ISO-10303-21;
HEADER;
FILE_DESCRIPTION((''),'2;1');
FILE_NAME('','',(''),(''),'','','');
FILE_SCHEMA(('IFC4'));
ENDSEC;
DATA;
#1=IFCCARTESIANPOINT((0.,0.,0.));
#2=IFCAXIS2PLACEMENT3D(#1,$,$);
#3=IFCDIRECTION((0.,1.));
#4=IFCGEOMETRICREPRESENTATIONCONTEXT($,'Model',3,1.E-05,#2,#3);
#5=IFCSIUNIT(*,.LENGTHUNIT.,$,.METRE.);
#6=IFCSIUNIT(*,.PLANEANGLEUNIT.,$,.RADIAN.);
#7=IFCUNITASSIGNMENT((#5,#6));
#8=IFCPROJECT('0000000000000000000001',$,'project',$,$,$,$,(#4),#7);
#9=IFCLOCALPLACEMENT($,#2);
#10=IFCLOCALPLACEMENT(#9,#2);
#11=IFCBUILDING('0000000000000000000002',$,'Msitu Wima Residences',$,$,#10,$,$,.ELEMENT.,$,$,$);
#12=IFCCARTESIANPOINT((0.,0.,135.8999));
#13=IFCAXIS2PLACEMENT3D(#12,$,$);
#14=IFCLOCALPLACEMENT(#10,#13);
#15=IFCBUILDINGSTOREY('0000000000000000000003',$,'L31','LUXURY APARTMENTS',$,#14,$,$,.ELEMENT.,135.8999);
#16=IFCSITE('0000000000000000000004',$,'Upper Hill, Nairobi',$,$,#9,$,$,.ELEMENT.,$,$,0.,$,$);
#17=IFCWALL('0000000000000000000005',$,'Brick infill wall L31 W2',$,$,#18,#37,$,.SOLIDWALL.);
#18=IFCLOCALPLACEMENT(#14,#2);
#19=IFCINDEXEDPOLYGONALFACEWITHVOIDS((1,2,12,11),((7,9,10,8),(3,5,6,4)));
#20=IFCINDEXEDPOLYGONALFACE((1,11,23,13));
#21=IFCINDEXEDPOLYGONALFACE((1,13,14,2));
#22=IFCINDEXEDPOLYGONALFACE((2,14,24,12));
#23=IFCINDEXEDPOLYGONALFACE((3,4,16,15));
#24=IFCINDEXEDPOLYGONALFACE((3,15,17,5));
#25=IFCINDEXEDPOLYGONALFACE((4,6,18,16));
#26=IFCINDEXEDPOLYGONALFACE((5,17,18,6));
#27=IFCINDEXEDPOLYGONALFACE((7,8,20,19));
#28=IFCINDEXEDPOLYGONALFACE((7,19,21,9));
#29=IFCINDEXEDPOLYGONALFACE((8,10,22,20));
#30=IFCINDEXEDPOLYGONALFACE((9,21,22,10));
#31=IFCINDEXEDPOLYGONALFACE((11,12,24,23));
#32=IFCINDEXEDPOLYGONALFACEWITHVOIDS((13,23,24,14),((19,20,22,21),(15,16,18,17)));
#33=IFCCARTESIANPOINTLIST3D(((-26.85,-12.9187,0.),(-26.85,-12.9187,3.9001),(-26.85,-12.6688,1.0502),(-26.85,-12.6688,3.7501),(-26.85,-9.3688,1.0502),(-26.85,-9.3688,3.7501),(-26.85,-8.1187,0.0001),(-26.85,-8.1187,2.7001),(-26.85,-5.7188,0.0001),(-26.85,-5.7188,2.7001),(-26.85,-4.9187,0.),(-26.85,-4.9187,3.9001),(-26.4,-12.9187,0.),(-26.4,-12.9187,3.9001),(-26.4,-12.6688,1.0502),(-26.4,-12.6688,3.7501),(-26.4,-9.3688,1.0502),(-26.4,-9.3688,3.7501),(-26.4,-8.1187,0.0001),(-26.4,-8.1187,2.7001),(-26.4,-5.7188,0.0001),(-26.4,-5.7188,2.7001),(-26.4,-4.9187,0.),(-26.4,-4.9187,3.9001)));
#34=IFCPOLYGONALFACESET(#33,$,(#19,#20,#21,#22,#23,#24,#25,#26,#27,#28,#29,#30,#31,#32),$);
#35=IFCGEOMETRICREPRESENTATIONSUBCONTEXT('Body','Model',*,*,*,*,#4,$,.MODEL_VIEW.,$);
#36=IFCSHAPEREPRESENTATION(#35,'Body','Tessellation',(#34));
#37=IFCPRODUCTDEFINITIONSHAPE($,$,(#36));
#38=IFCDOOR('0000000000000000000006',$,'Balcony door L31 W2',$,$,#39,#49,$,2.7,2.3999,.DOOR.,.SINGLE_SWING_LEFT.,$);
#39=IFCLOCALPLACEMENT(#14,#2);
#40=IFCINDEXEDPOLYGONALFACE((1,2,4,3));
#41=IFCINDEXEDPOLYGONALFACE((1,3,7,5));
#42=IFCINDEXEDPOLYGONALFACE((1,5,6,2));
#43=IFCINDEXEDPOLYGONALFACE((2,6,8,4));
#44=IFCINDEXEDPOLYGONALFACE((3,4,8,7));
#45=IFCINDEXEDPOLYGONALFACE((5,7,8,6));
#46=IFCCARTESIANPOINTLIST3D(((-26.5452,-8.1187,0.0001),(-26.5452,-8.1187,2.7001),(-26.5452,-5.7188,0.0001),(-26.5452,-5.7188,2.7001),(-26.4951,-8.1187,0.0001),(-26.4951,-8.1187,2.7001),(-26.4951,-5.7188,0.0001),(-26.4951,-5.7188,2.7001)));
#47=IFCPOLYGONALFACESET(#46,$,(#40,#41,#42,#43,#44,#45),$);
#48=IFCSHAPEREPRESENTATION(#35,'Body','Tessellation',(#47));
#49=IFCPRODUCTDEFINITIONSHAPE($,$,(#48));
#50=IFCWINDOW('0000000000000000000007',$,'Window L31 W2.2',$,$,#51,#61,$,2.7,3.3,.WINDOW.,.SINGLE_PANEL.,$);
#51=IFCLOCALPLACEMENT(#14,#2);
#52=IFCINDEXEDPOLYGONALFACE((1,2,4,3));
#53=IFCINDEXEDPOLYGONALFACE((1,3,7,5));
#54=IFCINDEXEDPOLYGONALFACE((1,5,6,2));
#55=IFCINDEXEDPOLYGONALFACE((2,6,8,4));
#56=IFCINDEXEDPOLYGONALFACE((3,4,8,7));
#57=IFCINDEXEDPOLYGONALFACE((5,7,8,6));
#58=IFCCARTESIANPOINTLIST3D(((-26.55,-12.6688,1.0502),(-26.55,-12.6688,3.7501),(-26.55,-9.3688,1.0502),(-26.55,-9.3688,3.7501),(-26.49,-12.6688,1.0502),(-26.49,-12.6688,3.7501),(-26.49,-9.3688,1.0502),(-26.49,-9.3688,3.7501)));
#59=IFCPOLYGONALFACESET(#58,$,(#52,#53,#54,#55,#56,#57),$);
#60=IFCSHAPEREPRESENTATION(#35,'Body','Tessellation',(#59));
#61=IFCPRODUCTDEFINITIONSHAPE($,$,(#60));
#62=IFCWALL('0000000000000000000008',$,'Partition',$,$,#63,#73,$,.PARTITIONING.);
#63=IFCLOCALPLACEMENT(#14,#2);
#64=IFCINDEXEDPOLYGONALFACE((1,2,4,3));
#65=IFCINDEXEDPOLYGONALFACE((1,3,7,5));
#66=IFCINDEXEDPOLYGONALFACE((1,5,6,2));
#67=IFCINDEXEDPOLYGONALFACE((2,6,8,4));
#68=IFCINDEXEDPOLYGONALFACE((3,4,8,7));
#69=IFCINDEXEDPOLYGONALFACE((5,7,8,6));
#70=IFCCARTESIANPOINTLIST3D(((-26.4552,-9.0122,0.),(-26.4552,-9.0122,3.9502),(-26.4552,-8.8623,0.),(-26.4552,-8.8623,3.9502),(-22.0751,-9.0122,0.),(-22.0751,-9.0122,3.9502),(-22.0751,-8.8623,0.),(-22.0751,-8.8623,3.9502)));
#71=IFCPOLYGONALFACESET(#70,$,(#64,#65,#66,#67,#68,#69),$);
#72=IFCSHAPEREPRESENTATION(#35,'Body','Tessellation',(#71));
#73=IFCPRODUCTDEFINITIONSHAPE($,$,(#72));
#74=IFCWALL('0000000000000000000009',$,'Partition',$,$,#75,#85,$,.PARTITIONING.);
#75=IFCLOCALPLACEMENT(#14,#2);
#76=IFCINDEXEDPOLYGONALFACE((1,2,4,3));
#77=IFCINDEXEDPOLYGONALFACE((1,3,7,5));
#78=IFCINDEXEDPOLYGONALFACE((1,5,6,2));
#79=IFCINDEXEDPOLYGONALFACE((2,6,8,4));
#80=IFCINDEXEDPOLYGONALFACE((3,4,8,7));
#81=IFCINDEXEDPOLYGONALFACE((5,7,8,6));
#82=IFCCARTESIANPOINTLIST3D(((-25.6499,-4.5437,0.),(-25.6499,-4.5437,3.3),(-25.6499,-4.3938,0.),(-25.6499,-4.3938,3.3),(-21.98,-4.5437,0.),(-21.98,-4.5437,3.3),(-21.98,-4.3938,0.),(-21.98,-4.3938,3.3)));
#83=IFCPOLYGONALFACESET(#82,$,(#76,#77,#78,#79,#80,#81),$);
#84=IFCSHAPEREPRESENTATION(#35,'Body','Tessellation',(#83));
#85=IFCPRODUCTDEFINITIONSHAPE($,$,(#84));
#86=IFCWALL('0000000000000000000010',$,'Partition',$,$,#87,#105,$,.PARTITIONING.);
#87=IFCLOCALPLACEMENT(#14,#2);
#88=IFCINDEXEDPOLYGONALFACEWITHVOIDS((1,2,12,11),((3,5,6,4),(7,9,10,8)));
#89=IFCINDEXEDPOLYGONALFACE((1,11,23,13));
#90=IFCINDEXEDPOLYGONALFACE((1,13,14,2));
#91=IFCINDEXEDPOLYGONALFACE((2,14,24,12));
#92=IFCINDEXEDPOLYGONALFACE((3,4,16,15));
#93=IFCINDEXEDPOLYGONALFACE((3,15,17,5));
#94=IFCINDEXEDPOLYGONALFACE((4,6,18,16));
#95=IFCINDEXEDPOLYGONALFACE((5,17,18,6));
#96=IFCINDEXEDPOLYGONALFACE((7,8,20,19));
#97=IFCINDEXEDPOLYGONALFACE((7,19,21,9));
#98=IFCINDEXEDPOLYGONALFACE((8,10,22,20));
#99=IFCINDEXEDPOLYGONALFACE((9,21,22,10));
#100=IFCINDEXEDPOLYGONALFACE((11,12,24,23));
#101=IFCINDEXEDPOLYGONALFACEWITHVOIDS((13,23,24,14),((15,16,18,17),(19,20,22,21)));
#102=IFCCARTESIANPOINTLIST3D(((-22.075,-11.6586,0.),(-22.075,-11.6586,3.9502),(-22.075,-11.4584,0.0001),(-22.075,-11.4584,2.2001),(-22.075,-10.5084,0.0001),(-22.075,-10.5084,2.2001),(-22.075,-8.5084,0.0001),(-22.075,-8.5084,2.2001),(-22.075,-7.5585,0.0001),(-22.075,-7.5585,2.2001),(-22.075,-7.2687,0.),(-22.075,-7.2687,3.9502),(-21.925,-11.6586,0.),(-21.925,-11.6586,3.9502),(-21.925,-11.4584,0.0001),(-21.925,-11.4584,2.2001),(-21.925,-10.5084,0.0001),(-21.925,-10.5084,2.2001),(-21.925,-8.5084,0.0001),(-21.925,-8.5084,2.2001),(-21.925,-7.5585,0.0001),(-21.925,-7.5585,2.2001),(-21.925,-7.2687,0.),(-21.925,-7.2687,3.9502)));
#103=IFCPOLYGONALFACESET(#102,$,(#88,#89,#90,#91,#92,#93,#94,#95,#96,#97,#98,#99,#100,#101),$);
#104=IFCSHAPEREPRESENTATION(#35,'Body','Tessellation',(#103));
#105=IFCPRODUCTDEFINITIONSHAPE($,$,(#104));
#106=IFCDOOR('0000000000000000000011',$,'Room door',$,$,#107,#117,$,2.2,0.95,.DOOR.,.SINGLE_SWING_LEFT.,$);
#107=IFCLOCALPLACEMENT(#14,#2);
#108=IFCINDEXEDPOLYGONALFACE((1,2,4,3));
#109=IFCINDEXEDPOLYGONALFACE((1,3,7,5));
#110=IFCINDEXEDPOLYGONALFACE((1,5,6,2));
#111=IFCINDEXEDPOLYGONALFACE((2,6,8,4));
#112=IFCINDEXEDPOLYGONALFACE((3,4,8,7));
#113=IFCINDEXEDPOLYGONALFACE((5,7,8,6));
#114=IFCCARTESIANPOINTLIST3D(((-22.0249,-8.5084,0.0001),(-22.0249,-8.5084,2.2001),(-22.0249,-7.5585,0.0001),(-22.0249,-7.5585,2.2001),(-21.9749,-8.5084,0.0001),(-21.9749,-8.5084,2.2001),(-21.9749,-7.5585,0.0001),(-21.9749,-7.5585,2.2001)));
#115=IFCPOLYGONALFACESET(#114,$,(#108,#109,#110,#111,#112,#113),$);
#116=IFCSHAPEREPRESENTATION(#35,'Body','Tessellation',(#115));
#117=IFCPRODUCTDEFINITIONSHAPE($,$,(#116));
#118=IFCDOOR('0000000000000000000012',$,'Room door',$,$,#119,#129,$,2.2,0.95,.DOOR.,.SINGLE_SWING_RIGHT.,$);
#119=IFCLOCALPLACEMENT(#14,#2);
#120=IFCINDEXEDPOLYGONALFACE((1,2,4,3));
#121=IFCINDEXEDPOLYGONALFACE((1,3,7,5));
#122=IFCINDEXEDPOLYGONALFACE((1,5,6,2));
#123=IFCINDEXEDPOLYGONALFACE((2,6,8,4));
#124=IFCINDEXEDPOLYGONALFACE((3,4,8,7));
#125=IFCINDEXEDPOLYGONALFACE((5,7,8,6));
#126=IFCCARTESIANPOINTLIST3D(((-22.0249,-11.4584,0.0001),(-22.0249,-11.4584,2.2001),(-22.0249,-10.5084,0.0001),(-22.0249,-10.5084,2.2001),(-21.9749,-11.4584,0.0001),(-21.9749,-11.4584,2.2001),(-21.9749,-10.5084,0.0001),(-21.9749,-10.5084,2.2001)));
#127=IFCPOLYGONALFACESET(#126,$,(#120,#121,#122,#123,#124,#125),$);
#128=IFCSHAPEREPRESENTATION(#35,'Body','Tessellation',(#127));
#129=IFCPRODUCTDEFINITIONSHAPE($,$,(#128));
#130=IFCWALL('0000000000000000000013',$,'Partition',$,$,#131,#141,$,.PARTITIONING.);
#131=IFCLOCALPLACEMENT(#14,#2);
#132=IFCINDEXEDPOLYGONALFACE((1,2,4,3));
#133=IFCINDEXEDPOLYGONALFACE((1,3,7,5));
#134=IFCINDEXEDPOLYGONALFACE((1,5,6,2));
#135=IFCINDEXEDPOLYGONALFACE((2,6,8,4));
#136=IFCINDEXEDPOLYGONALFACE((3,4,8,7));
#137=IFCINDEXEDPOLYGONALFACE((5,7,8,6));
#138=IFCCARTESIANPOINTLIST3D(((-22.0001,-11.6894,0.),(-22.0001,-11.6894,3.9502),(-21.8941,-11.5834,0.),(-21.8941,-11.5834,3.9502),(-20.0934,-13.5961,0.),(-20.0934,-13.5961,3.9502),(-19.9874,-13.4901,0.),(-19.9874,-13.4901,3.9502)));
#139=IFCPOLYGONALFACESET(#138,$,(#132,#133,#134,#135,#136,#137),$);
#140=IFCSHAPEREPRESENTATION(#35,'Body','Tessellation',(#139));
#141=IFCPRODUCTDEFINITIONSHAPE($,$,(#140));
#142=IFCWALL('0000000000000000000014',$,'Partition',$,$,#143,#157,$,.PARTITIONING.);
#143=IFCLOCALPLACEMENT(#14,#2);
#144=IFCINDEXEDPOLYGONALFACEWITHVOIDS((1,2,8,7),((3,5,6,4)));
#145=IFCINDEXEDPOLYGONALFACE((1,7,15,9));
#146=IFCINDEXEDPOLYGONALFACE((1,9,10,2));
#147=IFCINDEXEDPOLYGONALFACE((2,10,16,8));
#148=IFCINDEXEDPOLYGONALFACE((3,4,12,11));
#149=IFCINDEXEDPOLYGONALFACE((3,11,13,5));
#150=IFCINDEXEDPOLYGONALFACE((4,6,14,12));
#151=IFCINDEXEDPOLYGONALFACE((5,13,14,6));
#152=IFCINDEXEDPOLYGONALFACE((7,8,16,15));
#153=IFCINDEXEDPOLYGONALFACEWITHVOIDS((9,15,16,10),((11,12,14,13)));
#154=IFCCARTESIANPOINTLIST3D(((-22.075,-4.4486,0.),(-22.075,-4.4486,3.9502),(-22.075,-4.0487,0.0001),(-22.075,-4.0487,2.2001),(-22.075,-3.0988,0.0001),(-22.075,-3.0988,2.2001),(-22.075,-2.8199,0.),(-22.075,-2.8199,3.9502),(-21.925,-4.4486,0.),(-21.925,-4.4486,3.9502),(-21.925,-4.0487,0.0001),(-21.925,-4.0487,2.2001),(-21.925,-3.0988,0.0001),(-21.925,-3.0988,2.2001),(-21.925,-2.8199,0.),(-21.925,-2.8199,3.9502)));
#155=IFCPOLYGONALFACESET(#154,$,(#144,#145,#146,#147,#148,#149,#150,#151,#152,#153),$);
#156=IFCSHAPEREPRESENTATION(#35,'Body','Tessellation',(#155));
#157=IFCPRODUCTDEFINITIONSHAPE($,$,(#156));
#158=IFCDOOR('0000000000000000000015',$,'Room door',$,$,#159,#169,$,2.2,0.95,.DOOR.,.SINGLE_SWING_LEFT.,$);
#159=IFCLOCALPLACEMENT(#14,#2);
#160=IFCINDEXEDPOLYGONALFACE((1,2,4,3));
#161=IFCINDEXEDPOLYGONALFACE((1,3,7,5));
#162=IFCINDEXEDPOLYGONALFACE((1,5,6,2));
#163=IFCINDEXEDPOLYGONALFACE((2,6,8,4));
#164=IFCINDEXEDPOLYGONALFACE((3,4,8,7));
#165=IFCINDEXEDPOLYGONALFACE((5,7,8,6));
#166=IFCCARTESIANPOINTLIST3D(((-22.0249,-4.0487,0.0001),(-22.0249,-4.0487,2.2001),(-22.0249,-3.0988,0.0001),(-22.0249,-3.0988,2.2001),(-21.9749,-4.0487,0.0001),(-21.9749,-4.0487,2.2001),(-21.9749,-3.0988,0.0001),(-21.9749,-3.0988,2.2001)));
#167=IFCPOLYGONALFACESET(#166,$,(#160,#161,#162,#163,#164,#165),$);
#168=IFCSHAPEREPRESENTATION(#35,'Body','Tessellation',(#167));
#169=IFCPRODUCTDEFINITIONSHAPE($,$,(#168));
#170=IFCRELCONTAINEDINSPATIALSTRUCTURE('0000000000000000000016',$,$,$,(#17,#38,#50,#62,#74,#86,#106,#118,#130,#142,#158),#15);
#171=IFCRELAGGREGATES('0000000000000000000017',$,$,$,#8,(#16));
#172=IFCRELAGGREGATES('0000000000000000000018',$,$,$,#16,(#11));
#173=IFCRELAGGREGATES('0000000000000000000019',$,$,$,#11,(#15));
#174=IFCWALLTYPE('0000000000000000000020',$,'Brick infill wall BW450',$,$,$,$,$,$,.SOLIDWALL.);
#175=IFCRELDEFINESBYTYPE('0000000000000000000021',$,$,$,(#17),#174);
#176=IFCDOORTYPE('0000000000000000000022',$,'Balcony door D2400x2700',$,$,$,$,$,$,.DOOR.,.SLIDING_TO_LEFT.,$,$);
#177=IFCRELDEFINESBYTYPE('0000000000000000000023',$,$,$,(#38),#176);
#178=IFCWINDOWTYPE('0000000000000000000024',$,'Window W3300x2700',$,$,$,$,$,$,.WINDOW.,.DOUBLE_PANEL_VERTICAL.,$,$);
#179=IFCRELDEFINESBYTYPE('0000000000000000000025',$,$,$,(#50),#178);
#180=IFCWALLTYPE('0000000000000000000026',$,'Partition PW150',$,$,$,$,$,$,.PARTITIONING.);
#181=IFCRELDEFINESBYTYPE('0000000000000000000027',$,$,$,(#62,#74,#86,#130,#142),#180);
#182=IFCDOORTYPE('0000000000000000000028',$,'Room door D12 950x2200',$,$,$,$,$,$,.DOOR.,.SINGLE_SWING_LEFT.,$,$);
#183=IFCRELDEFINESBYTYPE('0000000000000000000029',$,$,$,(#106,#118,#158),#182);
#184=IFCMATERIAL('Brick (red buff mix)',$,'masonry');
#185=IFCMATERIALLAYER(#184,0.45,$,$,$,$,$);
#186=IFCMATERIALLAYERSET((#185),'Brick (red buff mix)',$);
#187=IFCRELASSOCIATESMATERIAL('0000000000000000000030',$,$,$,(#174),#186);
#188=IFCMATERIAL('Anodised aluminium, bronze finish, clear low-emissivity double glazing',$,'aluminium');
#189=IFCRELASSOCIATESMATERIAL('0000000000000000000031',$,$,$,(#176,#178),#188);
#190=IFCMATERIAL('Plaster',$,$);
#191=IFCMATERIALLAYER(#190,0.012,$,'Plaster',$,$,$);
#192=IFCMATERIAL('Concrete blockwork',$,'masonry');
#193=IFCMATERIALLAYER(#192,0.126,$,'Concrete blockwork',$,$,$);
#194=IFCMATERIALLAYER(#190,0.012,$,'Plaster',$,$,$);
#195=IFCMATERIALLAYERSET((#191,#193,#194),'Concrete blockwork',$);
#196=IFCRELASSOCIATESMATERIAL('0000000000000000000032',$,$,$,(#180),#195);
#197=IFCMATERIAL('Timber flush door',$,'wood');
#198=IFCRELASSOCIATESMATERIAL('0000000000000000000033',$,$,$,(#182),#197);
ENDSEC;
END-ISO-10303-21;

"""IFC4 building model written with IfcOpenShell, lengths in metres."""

from ifc_helpers import new_model, si_unit, direction, frame, frame_2d, origin, place, context, subcontext, project, spatial, rectangle, extrude, material, layer, layer_set, type_object, element, fill, save


model = new_model("IFC4")

# Units and contexts
model_context = context("Model", 3, precision=1e-05, world=origin(), true_north=direction((0.0, 1.0)))
body_context = subcontext(model_context, "Body", "Model", "MODEL_VIEW")
ifc_project = project(units=[si_unit("LENGTHUNIT", "METRE"), si_unit("PLANEANGLEUNIT", "RADIAN")], contexts=[model_context])

# Site, building, storey
site_placement = place(None, origin())
site = spatial("IfcSite", under=ifc_project, at=site_placement, Name="Upper Hill, Nairobi", CompositionType="ELEMENT", RefElevation=0.0)
building_placement = place(site_placement, origin())
building = spatial("IfcBuilding", under=site, at=building_placement, Name="Msitu Wima Residences", CompositionType="ELEMENT")
storey_placement = place(building_placement, frame((0.0, 0.0, 135.8999)))
storey = spatial("IfcBuildingStorey", under=building, at=storey_placement, Name="L31", Description="LUXURY APARTMENTS", CompositionType="ELEMENT", Elevation=135.8999)

# Wall, openings, door, window
ifc_material_1 = material(Name="Brick (red buff mix)", Category="masonry")
ifc_layer_1 = layer(ifc_material_1, 0.45)
ifc_layer_set_1 = layer_set([ifc_layer_1], Name="Brick (red buff mix)")
wall_type_1 = type_object("IfcWallType", Name="Brick infill wall BW450", PredefinedType="SOLIDWALL", material=ifc_layer_set_1)
wall_1_placement = place(storey_placement, frame((-26.625, -4.9187, 0.0), z_axis=(0.0, 0.0, 1.0), x_axis=(0.0, -1.0, 0.0)))
wall_1 = element("IfcWall", 1, at=wall_1_placement, inside=storey, type_object=wall_type_1, Name="Brick infill wall L31 W2", PredefinedType="SOLIDWALL", context=body_context, shape_type="SweptSolid", body=[
    extrude(rectangle(XDim=8.0, YDim=0.45, at=frame_2d((4.0, 0.0))), origin(), (0.0, 0.0, 1.0), 3.9001),
])
opening_1_placement = place(wall_1_placement, frame((0.8, 0.0, 0.0)))
opening_1 = element("IfcOpeningElement", 2, at=opening_1_placement, cuts=wall_1, PredefinedType="OPENING", context=body_context, shape_type="SweptSolid", body=[
    extrude(rectangle(XDim=2.3999, YDim=2.7, at=frame_2d((1.2, 1.3501))), frame((0.0, 0.2349, 0.0), z_axis=(0.0, -1.0, 0.0), x_axis=(1.0, 0.0, 0.0)), (0.0, 0.0, 1.0), 0.47),
])
opening_2_placement = place(wall_1_placement, frame((4.4502, 0.0, 1.05)))
opening_2 = element("IfcOpeningElement", 3, at=opening_2_placement, cuts=wall_1, PredefinedType="OPENING", context=body_context, shape_type="SweptSolid", body=[
    extrude(rectangle(XDim=3.3, YDim=2.7, at=frame_2d((1.6499, 1.3501))), frame((0.0, 0.2349, 0.0), z_axis=(0.0, -1.0, 0.0), x_axis=(1.0, 0.0, 0.0)), (0.0, 0.0, 1.0), 0.47),
])
ifc_material_2 = material(Name="Anodised aluminium, bronze finish, clear low-emissivity double glazing", Category="aluminium")
door_type_1 = type_object("IfcDoorType", Name="Balcony door D2400x2700", OperationType="SLIDING_TO_LEFT", PredefinedType="DOOR", material=ifc_material_2)
door_1_placement = place(opening_1_placement, origin())
door_1 = element("IfcDoor", 4, at=door_1_placement, inside=storey, type_object=door_type_1, Name="Balcony door L31 W2", OperationType="SINGLE_SWING_LEFT", OverallHeight=2.7, OverallWidth=2.3999, PredefinedType="DOOR", context=body_context, shape_type="SweptSolid", body=[
    extrude(rectangle(XDim=2.3999, YDim=2.7, at=frame_2d((1.2, 1.3501))), frame((0.0, 0.1299, 0.0), z_axis=(0.0, -1.0, 0.0), x_axis=(1.0, 0.0, 0.0)), (0.0, 0.0, 1.0), 0.05),
])
fill(opening_1, door_1)
window_type = type_object("IfcWindowType", Name="Window W3300x2700", PartitioningType="DOUBLE_PANEL_VERTICAL", PredefinedType="WINDOW", material=ifc_material_2)
window_placement = place(opening_2_placement, origin())
window = element("IfcWindow", 5, at=window_placement, inside=storey, type_object=window_type, Name="Window L31 W2.2", OverallHeight=2.7, OverallWidth=3.3, PartitioningType="SINGLE_PANEL", PredefinedType="WINDOW", context=body_context, shape_type="SweptSolid", body=[
    extrude(rectangle(XDim=3.3, YDim=2.7, at=frame_2d((1.6499, 1.3501))), frame((0.0, 0.135, 0.0), z_axis=(0.0, -1.0, 0.0), x_axis=(1.0, 0.0, 0.0)), (0.0, 0.0, 1.0), 0.0601),
])
fill(opening_2, window)

# Walls
ifc_material_3 = material(Name="Plaster")
ifc_layer_2 = layer(ifc_material_3, 0.012, Name="Plaster")
ifc_material_4 = material(Name="Concrete blockwork", Category="masonry")
ifc_layer_3 = layer(ifc_material_4, 0.126, Name="Concrete blockwork")
ifc_layer_4 = layer(ifc_material_3, 0.012, Name="Plaster")
ifc_layer_set_2 = layer_set([ifc_layer_2, ifc_layer_3, ifc_layer_4], Name="Concrete blockwork")
wall_type_2 = type_object("IfcWallType", Name="Partition PW150", PredefinedType="PARTITIONING", material=ifc_layer_set_2)
wall_2_placement = place(storey_placement, frame((-26.4551, -8.9373, 0.0), z_axis=(0.0, 0.0, 1.0), x_axis=(1.0, 0.0, 0.0)))
element("IfcWall", 6, at=wall_2_placement, inside=storey, type_object=wall_type_2, Name="Partition", PredefinedType="PARTITIONING", context=body_context, shape_type="SweptSolid", body=[
    extrude(rectangle(XDim=4.3801, YDim=0.1499, at=frame_2d((2.1899, 0.0))), origin(), (0.0, 0.0, 1.0), 3.9502),
])
wall_3_placement = place(storey_placement, frame((-25.6499, -4.4688, 0.0), z_axis=(0.0, 0.0, 1.0), x_axis=(1.0, 0.0, 0.0)))
element("IfcWall", 7, at=wall_3_placement, inside=storey, type_object=wall_type_2, Name="Partition", PredefinedType="PARTITIONING", context=body_context, shape_type="SweptSolid", body=[
    extrude(rectangle(XDim=3.6699, YDim=0.1499, at=frame_2d((1.835, 0.0))), origin(), (0.0, 0.0, 1.0), 3.3),
])

# Wall, openings, doors
wall_4_placement = place(storey_placement, frame((-22.0, -11.6584, 0.0), z_axis=(0.0, 0.0, 1.0), x_axis=(0.0, 1.0, 0.0)))
wall_4 = element("IfcWall", 8, at=wall_4_placement, inside=storey, type_object=wall_type_2, Name="Partition", PredefinedType="PARTITIONING", context=body_context, shape_type="SweptSolid", body=[
    extrude(rectangle(XDim=4.3899, YDim=0.1499, at=frame_2d((2.1948, 0.0))), origin(), (0.0, 0.0, 1.0), 3.9502),
])
opening_3_placement = place(wall_4_placement, frame((3.1499, 0.0, 0.0)))
opening_3 = element("IfcOpeningElement", 9, at=opening_3_placement, cuts=wall_4, PredefinedType="OPENING", context=body_context, shape_type="SweptSolid", body=[
    extrude(rectangle(XDim=0.95, YDim=2.2, at=frame_2d((0.4751, 1.1001))), frame((0.0, 0.085, 0.0), z_axis=(0.0, -1.0, 0.0), x_axis=(1.0, 0.0, 0.0)), (0.0, 0.0, 1.0), 0.1699),
])
opening_4_placement = place(wall_4_placement, frame((0.2, 0.0, 0.0)))
opening_4 = element("IfcOpeningElement", 10, at=opening_4_placement, cuts=wall_4, PredefinedType="OPENING", context=body_context, shape_type="SweptSolid", body=[
    extrude(rectangle(XDim=0.95, YDim=2.2, at=frame_2d((0.4751, 1.1001))), frame((0.0, 0.085, 0.0), z_axis=(0.0, -1.0, 0.0), x_axis=(1.0, 0.0, 0.0)), (0.0, 0.0, 1.0), 0.1699),
])
ifc_material_5 = material(Name="Timber flush door", Category="wood")
door_type_2 = type_object("IfcDoorType", Name="Room door D12 950x2200", OperationType="SINGLE_SWING_LEFT", PredefinedType="DOOR", material=ifc_material_5)
door_2_placement = place(opening_3_placement, origin())
door_2 = element("IfcDoor", 11, at=door_2_placement, inside=storey, type_object=door_type_2, Name="Room door", OperationType="SINGLE_SWING_LEFT", OverallHeight=2.2, OverallWidth=0.95, PredefinedType="DOOR", context=body_context, shape_type="SweptSolid", body=[
    extrude(rectangle(XDim=0.95, YDim=2.2, at=frame_2d((0.4751, 1.1001))), frame((0.0, 0.0249, 0.0), z_axis=(0.0, -1.0, 0.0), x_axis=(1.0, 0.0, 0.0)), (0.0, 0.0, 1.0), 0.05),
])
fill(opening_3, door_2)
door_3_placement = place(opening_4_placement, origin())
door_3 = element("IfcDoor", 12, at=door_3_placement, inside=storey, type_object=door_type_2, Name="Room door", OperationType="SINGLE_SWING_RIGHT", OverallHeight=2.2, OverallWidth=0.95, PredefinedType="DOOR", context=body_context, shape_type="SweptSolid", body=[
    extrude(rectangle(XDim=0.95, YDim=2.2, at=frame_2d((0.4751, 1.1001))), frame((0.0, 0.0249, 0.0), z_axis=(0.0, -1.0, 0.0), x_axis=(1.0, 0.0, 0.0)), (0.0, 0.0, 1.0), 0.05),
])
fill(opening_4, door_3)

# Wall
wall_5_placement = place(storey_placement, frame((-21.947, -11.6365, 0.0), z_axis=(0.0, 0.0, 1.0), x_axis=(0.707107, -0.707107, 0.0)))
element("IfcWall", 13, at=wall_5_placement, inside=storey, type_object=wall_type_2, Name="Partition", PredefinedType="PARTITIONING", context=body_context, shape_type="SweptSolid", body=[
    extrude(rectangle(XDim=2.6965, YDim=0.1499, at=frame_2d((1.3481, 0.0))), origin(), (0.0, 0.0, 1.0), 3.9502),
])

# Wall, opening, door
wall_6_placement = place(storey_placement, frame((-22.0, -4.4487, 0.0), z_axis=(0.0, 0.0, 1.0), x_axis=(0.0, 1.0, 0.0)))
wall_6 = element("IfcWall", 14, at=wall_6_placement, inside=storey, type_object=wall_type_2, Name="Partition", PredefinedType="PARTITIONING", context=body_context, shape_type="SweptSolid", body=[
    extrude(rectangle(XDim=1.6287, YDim=0.1499, at=frame_2d((0.8145, 0.0))), origin(), (0.0, 0.0, 1.0), 3.9502),
])
opening_5_placement = place(wall_6_placement, frame((0.3999, 0.0, 0.0)))
opening_5 = element("IfcOpeningElement", 15, at=opening_5_placement, cuts=wall_6, PredefinedType="OPENING", context=body_context, shape_type="SweptSolid", body=[
    extrude(rectangle(XDim=0.95, YDim=2.2, at=frame_2d((0.4751, 1.1001))), frame((0.0, 0.085, 0.0), z_axis=(0.0, -1.0, 0.0), x_axis=(1.0, 0.0, 0.0)), (0.0, 0.0, 1.0), 0.1699),
])
door_4_placement = place(opening_5_placement, origin())
door_4 = element("IfcDoor", 16, at=door_4_placement, inside=storey, type_object=door_type_2, Name="Room door", OperationType="SINGLE_SWING_LEFT", OverallHeight=2.2, OverallWidth=0.95, PredefinedType="DOOR", context=body_context, shape_type="SweptSolid", body=[
    extrude(rectangle(XDim=0.95, YDim=2.2, at=frame_2d((0.4751, 1.1001))), frame((0.0, 0.0249, 0.0), z_axis=(0.0, -1.0, 0.0), x_axis=(1.0, 0.0, 0.0)), (0.0, 0.0, 1.0), 0.05),
])
fill(opening_5, door_4)

save(model, "model.ifc")
